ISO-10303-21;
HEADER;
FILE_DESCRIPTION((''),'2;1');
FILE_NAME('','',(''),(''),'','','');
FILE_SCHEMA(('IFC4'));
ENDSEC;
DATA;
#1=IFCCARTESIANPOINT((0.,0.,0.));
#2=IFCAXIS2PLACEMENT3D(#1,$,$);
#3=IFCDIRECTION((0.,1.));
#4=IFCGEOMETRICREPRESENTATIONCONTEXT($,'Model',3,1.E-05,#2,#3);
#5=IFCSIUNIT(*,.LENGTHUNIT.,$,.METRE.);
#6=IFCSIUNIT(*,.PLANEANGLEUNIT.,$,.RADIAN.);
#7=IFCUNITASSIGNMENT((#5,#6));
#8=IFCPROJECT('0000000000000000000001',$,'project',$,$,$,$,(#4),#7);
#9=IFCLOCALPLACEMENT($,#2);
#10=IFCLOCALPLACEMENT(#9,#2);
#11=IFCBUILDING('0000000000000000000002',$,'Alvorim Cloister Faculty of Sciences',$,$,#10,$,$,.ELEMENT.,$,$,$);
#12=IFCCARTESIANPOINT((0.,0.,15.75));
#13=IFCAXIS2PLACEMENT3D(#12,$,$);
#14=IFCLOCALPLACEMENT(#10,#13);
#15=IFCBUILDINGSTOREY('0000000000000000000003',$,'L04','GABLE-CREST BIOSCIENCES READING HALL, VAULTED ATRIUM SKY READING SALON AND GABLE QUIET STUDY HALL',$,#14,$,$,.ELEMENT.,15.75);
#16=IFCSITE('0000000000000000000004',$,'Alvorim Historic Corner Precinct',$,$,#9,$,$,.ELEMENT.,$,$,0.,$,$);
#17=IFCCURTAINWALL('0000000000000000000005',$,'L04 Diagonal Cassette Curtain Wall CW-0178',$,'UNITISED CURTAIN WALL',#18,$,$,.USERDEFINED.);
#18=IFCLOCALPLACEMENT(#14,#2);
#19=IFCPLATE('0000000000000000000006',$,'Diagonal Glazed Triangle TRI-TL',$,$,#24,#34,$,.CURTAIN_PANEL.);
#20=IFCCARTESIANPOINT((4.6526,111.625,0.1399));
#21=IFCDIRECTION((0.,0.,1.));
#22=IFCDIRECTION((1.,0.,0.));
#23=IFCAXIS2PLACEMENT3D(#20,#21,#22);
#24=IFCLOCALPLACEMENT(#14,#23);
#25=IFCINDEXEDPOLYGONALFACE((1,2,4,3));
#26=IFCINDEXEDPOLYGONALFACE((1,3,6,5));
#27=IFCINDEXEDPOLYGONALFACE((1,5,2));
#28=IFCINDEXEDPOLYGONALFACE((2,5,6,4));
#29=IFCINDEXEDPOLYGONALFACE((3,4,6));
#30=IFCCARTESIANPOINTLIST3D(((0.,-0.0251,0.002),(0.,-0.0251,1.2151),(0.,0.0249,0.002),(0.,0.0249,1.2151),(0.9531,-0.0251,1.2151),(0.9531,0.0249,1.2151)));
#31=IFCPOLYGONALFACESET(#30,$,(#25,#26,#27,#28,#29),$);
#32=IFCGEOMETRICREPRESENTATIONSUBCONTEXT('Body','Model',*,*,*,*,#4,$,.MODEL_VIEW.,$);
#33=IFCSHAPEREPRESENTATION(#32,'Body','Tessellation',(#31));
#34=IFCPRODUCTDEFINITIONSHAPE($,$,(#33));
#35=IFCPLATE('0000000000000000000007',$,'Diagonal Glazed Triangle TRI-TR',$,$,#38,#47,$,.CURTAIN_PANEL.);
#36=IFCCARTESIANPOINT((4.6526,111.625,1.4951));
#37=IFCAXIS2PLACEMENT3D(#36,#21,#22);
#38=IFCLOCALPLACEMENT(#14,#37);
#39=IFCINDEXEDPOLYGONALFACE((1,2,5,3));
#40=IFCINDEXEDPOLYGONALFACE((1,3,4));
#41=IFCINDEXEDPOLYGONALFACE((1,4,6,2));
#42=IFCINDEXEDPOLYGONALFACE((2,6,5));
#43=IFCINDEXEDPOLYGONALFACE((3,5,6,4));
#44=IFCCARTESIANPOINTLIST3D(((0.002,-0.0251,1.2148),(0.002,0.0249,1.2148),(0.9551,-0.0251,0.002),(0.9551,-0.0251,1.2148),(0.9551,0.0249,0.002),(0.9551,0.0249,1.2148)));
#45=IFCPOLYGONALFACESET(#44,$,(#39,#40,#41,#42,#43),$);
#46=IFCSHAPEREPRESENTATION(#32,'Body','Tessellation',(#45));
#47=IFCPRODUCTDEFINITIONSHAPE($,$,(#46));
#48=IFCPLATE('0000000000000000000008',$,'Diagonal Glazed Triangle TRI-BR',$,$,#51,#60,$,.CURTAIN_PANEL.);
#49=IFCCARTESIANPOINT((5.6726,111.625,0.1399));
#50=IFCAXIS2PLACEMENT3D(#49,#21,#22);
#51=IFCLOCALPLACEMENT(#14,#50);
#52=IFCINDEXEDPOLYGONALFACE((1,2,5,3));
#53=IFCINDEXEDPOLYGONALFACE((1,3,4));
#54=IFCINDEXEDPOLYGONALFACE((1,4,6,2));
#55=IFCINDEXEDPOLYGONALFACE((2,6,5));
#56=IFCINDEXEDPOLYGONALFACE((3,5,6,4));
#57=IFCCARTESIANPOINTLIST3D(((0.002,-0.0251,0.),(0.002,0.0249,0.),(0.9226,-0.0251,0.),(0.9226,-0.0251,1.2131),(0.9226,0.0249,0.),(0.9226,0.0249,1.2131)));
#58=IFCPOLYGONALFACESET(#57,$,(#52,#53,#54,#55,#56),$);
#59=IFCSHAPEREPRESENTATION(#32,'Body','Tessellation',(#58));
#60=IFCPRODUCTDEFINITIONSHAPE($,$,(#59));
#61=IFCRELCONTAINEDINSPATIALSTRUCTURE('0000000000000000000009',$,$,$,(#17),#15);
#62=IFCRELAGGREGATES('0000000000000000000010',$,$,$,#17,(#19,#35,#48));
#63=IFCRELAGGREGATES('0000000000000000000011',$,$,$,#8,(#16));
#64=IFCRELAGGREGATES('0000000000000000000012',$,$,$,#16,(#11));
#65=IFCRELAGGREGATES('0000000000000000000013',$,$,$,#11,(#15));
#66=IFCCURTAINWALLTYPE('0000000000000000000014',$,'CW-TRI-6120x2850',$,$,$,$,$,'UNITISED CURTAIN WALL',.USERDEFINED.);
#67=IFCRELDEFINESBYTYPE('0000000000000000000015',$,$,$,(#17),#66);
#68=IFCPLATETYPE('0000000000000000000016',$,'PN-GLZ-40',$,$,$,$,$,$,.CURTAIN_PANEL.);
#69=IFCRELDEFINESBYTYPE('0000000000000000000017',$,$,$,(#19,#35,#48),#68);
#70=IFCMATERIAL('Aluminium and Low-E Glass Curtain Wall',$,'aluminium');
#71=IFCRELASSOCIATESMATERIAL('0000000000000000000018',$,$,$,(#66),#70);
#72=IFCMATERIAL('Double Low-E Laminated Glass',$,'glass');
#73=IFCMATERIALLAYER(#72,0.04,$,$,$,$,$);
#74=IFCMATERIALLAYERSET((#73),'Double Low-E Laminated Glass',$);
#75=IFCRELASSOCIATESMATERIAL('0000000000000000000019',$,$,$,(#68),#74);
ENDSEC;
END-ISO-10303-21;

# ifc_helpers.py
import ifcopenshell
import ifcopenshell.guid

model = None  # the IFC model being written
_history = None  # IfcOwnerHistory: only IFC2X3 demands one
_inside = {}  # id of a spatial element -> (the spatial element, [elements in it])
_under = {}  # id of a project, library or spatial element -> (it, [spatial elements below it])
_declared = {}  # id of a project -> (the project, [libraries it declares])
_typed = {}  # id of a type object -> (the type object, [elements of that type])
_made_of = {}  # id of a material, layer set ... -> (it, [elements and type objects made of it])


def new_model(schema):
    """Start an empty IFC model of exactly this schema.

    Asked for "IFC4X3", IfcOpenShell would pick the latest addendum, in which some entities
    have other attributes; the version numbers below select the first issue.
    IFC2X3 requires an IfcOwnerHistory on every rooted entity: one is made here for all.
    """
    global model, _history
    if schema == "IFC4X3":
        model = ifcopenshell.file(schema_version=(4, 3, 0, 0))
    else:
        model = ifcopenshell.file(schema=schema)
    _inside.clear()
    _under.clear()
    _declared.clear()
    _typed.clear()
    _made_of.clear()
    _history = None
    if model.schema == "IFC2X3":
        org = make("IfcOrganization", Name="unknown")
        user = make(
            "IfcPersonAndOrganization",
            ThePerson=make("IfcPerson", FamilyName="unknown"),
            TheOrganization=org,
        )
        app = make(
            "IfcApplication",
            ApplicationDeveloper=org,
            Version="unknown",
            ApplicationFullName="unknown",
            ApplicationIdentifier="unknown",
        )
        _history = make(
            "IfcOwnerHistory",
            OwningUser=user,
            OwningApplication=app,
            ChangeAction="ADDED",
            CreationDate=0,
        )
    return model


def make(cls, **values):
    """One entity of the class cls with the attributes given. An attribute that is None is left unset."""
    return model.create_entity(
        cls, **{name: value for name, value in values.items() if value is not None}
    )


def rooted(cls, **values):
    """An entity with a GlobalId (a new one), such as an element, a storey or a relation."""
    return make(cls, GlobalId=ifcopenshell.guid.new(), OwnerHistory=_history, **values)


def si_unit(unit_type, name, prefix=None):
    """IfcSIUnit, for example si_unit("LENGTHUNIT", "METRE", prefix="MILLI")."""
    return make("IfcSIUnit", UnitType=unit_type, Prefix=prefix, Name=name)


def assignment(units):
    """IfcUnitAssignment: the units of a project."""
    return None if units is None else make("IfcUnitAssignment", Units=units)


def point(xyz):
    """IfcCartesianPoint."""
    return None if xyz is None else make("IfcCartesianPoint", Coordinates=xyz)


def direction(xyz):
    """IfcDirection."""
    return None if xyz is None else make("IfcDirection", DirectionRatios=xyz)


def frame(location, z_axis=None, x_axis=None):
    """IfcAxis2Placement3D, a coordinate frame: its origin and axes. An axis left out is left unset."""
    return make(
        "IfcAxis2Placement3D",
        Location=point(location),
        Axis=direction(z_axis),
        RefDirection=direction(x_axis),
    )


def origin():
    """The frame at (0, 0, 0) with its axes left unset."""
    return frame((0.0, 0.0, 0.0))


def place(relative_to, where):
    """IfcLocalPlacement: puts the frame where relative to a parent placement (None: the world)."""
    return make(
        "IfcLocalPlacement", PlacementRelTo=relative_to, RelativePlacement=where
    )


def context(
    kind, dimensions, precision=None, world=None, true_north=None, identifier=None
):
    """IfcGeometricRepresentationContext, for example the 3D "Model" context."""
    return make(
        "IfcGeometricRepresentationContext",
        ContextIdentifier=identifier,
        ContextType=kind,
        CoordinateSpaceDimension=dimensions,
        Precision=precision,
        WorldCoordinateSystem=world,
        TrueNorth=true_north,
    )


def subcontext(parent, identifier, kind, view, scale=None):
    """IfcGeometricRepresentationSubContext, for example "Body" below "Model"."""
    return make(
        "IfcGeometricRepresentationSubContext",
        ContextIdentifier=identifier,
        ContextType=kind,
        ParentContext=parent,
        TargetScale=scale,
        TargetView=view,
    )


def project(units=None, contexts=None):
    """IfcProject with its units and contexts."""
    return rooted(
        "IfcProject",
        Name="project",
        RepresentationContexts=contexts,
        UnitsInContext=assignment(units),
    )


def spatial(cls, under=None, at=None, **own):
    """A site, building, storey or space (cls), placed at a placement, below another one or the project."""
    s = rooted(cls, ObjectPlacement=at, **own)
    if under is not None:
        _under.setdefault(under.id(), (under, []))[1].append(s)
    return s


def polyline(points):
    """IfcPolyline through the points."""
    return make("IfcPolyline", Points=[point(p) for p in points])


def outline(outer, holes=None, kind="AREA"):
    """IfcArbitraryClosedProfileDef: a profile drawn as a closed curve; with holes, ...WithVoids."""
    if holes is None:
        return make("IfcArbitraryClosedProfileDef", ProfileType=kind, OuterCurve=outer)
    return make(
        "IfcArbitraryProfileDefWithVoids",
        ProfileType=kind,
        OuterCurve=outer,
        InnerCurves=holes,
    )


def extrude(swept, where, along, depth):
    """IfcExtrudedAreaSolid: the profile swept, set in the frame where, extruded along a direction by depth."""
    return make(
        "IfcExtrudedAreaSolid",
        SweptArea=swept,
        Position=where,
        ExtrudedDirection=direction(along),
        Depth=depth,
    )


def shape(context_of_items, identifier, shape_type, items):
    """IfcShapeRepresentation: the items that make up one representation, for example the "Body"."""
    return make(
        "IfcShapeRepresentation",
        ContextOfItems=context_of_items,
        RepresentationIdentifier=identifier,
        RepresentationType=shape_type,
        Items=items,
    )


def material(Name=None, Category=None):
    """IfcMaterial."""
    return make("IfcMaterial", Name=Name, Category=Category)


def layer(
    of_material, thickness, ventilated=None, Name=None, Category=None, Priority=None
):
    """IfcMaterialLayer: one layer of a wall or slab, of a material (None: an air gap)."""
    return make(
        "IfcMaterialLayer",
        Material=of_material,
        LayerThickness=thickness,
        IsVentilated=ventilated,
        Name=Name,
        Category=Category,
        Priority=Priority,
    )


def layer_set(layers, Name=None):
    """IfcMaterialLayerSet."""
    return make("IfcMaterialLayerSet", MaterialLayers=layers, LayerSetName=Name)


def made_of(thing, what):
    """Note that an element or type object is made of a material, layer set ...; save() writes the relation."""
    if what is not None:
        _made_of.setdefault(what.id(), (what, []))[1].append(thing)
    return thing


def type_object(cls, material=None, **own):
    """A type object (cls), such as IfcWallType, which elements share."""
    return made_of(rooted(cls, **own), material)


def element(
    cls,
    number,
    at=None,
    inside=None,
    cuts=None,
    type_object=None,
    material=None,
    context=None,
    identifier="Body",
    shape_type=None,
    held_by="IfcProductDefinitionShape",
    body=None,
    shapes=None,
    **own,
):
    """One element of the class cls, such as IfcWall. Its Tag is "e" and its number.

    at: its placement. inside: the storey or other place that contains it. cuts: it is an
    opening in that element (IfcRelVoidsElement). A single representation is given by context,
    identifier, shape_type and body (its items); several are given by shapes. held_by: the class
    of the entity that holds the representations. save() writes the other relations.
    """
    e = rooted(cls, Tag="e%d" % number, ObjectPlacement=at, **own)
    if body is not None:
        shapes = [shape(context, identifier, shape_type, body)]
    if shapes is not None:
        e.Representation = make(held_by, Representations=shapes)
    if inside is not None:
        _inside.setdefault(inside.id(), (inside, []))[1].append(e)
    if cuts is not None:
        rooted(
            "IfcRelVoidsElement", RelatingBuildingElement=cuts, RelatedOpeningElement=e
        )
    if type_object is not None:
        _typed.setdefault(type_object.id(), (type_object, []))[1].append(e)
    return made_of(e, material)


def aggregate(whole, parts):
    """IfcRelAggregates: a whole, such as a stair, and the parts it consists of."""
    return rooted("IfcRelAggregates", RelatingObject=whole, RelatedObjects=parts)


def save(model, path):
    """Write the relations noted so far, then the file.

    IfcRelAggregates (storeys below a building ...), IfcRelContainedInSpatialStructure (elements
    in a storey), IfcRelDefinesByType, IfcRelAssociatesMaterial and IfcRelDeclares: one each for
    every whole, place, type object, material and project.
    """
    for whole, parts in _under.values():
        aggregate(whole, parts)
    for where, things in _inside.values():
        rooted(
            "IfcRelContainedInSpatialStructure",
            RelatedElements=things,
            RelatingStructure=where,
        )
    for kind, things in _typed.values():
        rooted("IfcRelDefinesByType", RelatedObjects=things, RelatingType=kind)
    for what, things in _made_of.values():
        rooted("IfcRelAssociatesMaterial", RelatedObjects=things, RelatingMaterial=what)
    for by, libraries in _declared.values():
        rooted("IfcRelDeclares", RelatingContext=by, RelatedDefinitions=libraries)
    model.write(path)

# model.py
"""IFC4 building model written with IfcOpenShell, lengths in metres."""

from ifc_helpers import new_model, si_unit, direction, frame, origin, place, context, subcontext, project, spatial, polyline, outline, extrude, material, layer, layer_set, type_object, element, aggregate, save


model = new_model("IFC4")

# Units and contexts
model_context = context("Model", 3, precision=1e-05, world=origin(), true_north=direction((0.0, 1.0)))
body_context = subcontext(model_context, "Body", "Model", "MODEL_VIEW")
ifc_project = project(units=[si_unit("LENGTHUNIT", "METRE"), si_unit("PLANEANGLEUNIT", "RADIAN")], contexts=[model_context])

# Site, building, storey
site_placement = place(None, origin())
site = spatial("IfcSite", under=ifc_project, at=site_placement, Name="Alvorim Historic Corner Precinct", CompositionType="ELEMENT", RefElevation=0.0)
building_placement = place(site_placement, origin())
building = spatial("IfcBuilding", under=site, at=building_placement, Name="Alvorim Cloister Faculty of Sciences", CompositionType="ELEMENT")
storey_placement = place(building_placement, frame((0.0, 0.0, 15.75)))
storey = spatial("IfcBuildingStorey", under=building, at=storey_placement, Name="L04", Description="GABLE-CREST BIOSCIENCES READING HALL, VAULTED ATRIUM SKY READING SALON AND GABLE QUIET STUDY HALL", CompositionType="ELEMENT", Elevation=15.75)

# Curtain wall
ifc_material_1 = material(Name="Aluminium and Low-E Glass Curtain Wall", Category="aluminium")
curtain_wall_type = type_object("IfcCurtainWallType", Name="CW-TRI-6120x2850", ElementType="UNITISED CURTAIN WALL", PredefinedType="USERDEFINED", material=ifc_material_1)
curtain_wall_1_placement = place(storey_placement, origin())
curtain_wall_1 = element("IfcCurtainWall", 1, at=curtain_wall_1_placement, inside=storey, type_object=curtain_wall_type, Name="L04 Diagonal Cassette Curtain Wall CW-0178", ObjectType="UNITISED CURTAIN WALL", PredefinedType="USERDEFINED")

# Plates
ifc_material_2 = material(Name="Double Low-E Laminated Glass", Category="glass")
ifc_layer_1 = layer(ifc_material_2, 0.04)
ifc_layer_set_1 = layer_set([ifc_layer_1], Name="Double Low-E Laminated Glass")
plate_type = type_object("IfcPlateType", Name="PN-GLZ-40", PredefinedType="CURTAIN_PANEL", material=ifc_layer_set_1)
plate_1_placement = place(storey_placement, frame((4.6526, 111.625, 0.1399), z_axis=(0.0, 0.0, 1.0), x_axis=(1.0, 0.0, 0.0)))
plate_1 = element("IfcPlate", 2, at=plate_1_placement, type_object=plate_type, Name="Diagonal Glazed Triangle TRI-TL", PredefinedType="CURTAIN_PANEL", context=body_context, shape_type="SweptSolid", body=[
    extrude(outline(polyline([(0.9531, 1.2151), (0.0, 1.2151), (0.0, 0.002), (0.9531, 1.2151)])), frame((0.0, 0.0249, 0.0), z_axis=(0.0, -1.0, 0.0), x_axis=(1.0, 0.0, 0.0)), (0.0, 0.0, 1.0), 0.05),
])
plate_2_placement = place(storey_placement, frame((4.6526, 111.625, 1.4951), z_axis=(0.0, 0.0, 1.0), x_axis=(1.0, 0.0, 0.0)))
plate_2 = element("IfcPlate", 3, at=plate_2_placement, type_object=plate_type, Name="Diagonal Glazed Triangle TRI-TR", PredefinedType="CURTAIN_PANEL", context=body_context, shape_type="SweptSolid", body=[
    extrude(outline(polyline([(0.9551, 0.002), (0.9551, 1.2148), (0.002, 1.2148), (0.9551, 0.002)])), frame((0.0, 0.0249, 0.0), z_axis=(0.0, -1.0, 0.0), x_axis=(1.0, 0.0, 0.0)), (0.0, 0.0, 1.0), 0.05),
])
plate_3_placement = place(storey_placement, frame((5.6726, 111.625, 0.1399), z_axis=(0.0, 0.0, 1.0), x_axis=(1.0, 0.0, 0.0)))
plate_3 = element("IfcPlate", 4, at=plate_3_placement, type_object=plate_type, Name="Diagonal Glazed Triangle TRI-BR", PredefinedType="CURTAIN_PANEL", context=body_context, shape_type="SweptSolid", body=[
    extrude(outline(polyline([(0.002, 0.0), (0.9226, 0.0), (0.9226, 1.2131), (0.002, 0.0)])), frame((0.0, 0.0249, 0.0), z_axis=(0.0, -1.0, 0.0), x_axis=(1.0, 0.0, 0.0)), (0.0, 0.0, 1.0), 0.05),
])
aggregate(curtain_wall_1, [plate_1, plate_2, plate_3])

save(model, "model.ifc")
